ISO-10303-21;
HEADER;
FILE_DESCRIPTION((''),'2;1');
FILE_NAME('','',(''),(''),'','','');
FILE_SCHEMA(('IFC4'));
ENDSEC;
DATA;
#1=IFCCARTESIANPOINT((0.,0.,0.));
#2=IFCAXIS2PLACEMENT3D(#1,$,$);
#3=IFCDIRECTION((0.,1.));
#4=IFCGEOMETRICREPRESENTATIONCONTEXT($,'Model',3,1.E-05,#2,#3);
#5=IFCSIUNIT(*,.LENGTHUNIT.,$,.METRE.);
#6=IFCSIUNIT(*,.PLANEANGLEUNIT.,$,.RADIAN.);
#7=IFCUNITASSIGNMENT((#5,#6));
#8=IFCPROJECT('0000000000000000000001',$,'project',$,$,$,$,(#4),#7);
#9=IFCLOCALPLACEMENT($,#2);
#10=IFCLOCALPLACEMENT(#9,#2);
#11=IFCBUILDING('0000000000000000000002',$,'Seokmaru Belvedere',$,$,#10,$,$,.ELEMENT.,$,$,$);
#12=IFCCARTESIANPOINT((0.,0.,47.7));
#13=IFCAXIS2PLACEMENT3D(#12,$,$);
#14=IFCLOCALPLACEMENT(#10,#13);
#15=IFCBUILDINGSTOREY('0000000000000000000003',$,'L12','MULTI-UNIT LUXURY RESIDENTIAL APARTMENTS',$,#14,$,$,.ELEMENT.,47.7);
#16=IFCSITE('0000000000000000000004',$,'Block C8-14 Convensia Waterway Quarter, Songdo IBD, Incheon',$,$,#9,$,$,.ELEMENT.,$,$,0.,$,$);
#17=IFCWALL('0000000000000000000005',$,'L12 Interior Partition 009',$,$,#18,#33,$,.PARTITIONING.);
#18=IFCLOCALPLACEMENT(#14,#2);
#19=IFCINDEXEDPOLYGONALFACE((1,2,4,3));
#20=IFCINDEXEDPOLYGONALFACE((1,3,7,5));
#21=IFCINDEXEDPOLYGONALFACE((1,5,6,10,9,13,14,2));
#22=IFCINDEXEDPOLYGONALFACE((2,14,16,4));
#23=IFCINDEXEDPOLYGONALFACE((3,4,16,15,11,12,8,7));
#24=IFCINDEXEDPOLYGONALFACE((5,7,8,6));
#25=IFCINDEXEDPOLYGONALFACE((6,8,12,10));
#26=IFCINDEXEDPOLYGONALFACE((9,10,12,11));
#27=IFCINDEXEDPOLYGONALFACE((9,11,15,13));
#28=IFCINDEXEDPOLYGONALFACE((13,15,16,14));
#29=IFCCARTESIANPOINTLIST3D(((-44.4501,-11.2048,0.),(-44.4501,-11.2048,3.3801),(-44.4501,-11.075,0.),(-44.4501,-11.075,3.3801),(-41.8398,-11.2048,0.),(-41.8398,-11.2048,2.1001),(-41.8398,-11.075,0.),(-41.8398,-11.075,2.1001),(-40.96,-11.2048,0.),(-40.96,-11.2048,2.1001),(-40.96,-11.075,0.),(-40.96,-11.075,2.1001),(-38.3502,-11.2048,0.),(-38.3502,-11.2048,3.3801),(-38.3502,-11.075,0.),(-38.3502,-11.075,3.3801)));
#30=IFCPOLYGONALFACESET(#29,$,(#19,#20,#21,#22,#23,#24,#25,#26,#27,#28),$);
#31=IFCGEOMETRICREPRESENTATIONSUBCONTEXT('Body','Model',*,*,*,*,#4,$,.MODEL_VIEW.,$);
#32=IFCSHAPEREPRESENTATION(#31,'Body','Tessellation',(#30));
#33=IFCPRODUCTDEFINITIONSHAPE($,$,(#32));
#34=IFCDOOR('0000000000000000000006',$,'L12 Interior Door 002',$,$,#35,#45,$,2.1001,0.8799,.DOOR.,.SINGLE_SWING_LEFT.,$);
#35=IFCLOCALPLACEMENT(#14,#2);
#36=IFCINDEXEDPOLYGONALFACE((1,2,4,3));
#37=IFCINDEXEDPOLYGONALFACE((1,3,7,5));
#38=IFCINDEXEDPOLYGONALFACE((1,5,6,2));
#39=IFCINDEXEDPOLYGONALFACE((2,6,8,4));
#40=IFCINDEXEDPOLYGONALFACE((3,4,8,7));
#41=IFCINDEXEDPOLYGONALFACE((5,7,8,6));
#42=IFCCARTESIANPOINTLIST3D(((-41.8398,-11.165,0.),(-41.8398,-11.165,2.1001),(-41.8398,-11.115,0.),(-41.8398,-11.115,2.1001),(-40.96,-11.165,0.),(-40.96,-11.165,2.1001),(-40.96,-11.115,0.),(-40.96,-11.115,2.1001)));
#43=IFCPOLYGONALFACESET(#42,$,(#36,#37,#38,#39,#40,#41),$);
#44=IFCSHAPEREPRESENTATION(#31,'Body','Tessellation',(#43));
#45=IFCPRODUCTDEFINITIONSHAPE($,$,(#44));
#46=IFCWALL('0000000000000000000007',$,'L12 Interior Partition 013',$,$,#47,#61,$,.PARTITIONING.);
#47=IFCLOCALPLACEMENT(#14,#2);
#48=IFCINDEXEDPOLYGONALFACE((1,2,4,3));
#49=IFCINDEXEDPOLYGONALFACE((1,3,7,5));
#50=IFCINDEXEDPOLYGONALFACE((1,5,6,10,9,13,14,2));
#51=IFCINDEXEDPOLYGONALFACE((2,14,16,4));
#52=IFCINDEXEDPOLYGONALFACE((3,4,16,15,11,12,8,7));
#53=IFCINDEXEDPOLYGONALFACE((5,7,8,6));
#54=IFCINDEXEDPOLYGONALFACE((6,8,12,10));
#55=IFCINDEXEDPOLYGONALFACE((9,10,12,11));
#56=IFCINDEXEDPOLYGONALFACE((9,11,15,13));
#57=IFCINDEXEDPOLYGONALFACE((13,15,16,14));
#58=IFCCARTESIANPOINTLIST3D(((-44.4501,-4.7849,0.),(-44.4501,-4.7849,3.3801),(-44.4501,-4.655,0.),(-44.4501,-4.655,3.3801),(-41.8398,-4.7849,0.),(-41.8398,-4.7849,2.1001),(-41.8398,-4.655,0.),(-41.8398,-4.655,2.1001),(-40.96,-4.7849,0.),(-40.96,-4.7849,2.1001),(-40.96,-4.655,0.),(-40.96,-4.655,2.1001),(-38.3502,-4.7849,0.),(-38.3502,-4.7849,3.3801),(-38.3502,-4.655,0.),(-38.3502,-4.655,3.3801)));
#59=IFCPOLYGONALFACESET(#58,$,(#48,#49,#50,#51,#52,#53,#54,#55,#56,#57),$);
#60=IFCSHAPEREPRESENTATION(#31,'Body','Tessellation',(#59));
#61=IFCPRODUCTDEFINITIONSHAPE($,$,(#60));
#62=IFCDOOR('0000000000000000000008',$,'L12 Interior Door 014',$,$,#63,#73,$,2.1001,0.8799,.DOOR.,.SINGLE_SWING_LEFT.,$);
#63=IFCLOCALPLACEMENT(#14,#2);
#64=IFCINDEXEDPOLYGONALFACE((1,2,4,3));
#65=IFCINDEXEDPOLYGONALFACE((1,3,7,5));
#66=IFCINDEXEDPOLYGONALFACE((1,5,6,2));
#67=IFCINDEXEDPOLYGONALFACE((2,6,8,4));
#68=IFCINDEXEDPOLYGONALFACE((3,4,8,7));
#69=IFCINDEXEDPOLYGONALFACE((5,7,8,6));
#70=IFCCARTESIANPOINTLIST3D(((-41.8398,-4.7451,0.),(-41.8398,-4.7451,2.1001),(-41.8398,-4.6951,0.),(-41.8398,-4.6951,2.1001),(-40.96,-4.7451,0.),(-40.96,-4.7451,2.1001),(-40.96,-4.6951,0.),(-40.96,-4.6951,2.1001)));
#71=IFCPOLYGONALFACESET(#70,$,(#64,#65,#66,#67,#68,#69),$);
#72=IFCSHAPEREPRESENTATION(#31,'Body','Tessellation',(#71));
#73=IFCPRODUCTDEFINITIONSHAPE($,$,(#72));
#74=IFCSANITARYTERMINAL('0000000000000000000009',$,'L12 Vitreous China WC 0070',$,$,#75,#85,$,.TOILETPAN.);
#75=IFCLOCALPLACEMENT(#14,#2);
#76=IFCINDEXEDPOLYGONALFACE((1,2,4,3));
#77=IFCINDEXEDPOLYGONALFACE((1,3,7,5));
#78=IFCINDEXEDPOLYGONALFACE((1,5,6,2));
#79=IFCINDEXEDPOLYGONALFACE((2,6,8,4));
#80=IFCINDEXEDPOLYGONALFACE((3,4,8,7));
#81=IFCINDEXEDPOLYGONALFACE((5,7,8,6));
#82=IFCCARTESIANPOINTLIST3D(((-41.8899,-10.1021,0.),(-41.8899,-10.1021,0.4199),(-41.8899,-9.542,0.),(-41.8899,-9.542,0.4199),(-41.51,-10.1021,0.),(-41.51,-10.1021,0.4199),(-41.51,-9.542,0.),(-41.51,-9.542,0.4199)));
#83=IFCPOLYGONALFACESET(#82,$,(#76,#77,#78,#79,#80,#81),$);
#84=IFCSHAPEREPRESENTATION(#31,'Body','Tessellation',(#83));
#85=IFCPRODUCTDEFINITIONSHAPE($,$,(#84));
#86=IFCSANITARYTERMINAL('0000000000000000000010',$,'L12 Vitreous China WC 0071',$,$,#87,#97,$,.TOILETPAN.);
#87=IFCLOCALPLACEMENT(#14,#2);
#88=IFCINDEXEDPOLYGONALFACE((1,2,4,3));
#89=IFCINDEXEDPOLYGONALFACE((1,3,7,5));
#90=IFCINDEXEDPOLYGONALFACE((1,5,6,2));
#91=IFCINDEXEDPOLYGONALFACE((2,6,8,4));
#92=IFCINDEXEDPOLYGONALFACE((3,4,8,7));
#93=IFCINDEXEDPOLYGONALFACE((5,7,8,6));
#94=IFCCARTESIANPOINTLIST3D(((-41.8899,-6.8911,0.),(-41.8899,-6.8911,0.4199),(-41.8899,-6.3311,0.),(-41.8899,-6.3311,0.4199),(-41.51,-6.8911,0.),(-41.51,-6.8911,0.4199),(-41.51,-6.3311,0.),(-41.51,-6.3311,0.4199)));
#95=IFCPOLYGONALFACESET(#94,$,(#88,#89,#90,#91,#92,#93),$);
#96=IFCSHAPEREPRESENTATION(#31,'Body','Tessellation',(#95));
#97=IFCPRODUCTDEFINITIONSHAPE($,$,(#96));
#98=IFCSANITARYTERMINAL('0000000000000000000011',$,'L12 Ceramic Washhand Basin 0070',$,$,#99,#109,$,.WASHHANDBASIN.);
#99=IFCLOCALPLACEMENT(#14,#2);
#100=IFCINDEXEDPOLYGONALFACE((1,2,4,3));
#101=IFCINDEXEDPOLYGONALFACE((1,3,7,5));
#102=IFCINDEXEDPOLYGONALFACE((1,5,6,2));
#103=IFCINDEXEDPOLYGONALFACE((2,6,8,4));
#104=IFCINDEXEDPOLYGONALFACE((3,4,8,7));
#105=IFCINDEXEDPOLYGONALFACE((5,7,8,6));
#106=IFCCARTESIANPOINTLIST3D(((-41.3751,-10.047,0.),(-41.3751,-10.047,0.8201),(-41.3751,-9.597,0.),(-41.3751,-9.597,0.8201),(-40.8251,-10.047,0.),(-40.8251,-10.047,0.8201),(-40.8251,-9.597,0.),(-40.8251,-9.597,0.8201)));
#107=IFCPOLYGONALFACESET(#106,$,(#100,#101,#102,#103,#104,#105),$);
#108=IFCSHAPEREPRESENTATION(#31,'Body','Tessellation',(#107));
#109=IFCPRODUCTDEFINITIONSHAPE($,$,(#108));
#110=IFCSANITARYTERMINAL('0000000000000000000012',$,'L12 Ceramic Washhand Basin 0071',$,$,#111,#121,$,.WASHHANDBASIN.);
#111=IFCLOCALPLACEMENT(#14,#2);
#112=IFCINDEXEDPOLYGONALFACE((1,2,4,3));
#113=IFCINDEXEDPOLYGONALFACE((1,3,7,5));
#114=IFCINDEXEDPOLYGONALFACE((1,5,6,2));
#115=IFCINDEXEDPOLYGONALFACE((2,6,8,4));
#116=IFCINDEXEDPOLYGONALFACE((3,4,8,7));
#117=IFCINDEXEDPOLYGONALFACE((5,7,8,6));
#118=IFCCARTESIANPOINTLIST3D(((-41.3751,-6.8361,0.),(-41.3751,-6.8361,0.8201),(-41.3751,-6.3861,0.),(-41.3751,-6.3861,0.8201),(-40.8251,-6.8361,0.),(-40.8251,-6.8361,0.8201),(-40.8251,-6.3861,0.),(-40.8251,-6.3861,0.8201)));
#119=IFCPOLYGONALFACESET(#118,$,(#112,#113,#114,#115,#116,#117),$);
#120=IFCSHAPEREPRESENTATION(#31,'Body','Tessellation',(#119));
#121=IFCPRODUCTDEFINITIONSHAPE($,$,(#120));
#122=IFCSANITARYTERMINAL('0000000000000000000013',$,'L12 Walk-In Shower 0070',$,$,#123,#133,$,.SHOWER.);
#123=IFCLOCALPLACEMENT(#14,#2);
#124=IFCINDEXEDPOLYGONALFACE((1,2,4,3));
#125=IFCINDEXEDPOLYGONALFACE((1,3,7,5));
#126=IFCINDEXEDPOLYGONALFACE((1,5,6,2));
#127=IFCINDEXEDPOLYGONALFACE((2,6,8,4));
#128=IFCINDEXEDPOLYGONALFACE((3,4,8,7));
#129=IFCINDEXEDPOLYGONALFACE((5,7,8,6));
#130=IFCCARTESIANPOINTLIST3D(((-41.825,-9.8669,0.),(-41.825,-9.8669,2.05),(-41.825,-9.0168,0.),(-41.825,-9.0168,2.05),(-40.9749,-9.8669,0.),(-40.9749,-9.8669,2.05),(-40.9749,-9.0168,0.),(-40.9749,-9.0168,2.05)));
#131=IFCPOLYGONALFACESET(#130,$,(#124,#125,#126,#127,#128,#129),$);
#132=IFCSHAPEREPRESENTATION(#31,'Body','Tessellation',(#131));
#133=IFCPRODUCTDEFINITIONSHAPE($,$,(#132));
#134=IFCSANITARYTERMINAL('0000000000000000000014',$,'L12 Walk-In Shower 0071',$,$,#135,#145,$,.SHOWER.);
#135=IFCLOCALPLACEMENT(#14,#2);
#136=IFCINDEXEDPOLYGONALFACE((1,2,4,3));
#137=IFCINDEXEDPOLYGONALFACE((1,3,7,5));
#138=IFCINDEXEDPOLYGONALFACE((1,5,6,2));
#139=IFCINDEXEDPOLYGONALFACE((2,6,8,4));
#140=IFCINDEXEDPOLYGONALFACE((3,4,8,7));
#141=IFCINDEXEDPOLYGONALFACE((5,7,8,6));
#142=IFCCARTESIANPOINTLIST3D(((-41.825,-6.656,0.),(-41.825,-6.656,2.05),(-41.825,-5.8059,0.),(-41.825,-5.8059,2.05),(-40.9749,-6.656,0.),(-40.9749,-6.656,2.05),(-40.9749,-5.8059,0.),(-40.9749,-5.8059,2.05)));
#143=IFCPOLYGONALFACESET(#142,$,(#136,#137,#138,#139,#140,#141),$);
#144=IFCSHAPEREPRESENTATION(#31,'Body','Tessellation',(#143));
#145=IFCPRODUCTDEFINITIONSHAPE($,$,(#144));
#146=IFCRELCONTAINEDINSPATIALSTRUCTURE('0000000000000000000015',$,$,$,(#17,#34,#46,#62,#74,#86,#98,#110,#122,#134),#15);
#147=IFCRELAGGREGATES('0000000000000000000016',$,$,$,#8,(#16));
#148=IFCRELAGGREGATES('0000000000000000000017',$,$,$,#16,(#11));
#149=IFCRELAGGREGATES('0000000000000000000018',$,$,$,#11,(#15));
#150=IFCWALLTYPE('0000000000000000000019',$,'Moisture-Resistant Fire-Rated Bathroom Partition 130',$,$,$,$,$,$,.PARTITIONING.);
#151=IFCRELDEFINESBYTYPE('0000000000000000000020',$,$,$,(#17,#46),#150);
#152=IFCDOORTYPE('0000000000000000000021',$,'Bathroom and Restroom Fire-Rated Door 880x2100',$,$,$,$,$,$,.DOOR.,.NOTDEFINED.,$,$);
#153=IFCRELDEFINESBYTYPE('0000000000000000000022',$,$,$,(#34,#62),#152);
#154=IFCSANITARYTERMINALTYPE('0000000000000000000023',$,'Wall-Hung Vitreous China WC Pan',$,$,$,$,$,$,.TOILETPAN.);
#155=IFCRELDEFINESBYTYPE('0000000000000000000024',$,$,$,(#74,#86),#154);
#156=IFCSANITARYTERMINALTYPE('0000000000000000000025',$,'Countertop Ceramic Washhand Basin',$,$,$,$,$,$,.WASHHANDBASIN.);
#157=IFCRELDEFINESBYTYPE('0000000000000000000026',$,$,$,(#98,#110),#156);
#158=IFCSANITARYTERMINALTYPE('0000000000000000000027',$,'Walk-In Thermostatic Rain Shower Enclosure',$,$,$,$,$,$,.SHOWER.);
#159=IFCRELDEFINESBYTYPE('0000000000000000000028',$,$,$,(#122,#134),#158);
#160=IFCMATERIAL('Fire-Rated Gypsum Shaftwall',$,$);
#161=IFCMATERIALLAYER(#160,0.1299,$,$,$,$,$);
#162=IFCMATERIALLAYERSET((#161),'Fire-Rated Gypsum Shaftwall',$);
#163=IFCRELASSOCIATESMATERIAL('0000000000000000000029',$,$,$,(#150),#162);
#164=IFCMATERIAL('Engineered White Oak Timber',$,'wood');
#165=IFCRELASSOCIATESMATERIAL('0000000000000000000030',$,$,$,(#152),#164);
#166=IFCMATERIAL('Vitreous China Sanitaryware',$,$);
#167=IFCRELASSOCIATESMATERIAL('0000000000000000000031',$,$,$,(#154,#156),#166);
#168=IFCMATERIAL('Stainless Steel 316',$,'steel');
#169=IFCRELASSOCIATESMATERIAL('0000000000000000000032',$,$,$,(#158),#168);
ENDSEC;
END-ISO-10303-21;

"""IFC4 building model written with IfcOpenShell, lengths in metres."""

from ifc_helpers import new_model, si_unit, direction, frame, frame_2d, origin, origin_2d, place, context, subcontext, project, spatial, rectangle, extrude, source, transform, mapped, material, layer, layer_set, type_object, type_shapes, element, fill, save


model = new_model("IFC4")

# Units and contexts
model_context = context("Model", 3, precision=1e-05, world=origin(), true_north=direction((0.0, 1.0)))
body_context = subcontext(model_context, "Body", "Model", "MODEL_VIEW")
ifc_project = project(units=[si_unit("LENGTHUNIT", "METRE"), si_unit("PLANEANGLEUNIT", "RADIAN")], contexts=[model_context])

# Site, building, storey
site_placement = place(None, origin())
site = spatial("IfcSite", under=ifc_project, at=site_placement, Name="Block C8-14 Convensia Waterway Quarter, Songdo IBD, Incheon", CompositionType="ELEMENT", RefElevation=0.0)
building_placement = place(site_placement, origin())
building = spatial("IfcBuilding", under=site, at=building_placement, Name="Seokmaru Belvedere", CompositionType="ELEMENT")
storey_placement = place(building_placement, frame((0.0, 0.0, 47.7)))
storey = spatial("IfcBuildingStorey", under=building, at=storey_placement, Name="L12", Description="MULTI-UNIT LUXURY RESIDENTIAL APARTMENTS", CompositionType="ELEMENT", Elevation=47.7)

# Walls, openings, doors
ifc_material_1 = material(Name="Fire-Rated Gypsum Shaftwall")
ifc_layer = layer(ifc_material_1, 0.1299)
ifc_layer_set = layer_set([ifc_layer], Name="Fire-Rated Gypsum Shaftwall")
wall_type = type_object("IfcWallType", Name="Moisture-Resistant Fire-Rated Bathroom Partition 130", PredefinedType="PARTITIONING", material=ifc_layer_set)
wall_1_placement = place(storey_placement, frame((-44.45, -11.1399, 0.0), z_axis=(0.0, 0.0, 1.0), x_axis=(1.0, 0.0, 0.0)))
wall_1 = element("IfcWall", 1, at=wall_1_placement, inside=storey, type_object=wall_type, Name="L12 Interior Partition 009", PredefinedType="PARTITIONING", context=body_context, shape_type="SweptSolid", body=[
    extrude(rectangle(XDim=6.0999, YDim=0.1299, at=frame_2d((3.0498, 0.0))), origin(), (0.0, 0.0, 1.0), 3.3801),
])
opening_1_placement = place(wall_1_placement, frame((2.6101, 0.0, 0.0)))
opening_1 = element("IfcOpeningElement", 2, at=opening_1_placement, cuts=wall_1, PredefinedType="OPENING", context=body_context, shape_type="SweptSolid", body=[
    extrude(rectangle(XDim=0.8799, YDim=2.1001, at=frame_2d((0.4399, 1.05))), frame((0.0, 0.075, 0.0), z_axis=(0.0, -1.0, 0.0), x_axis=(1.0, 0.0, 0.0)), (0.0, 0.0, 1.0), 0.1499),
])
ifc_material_2 = material(Name="Engineered White Oak Timber", Category="wood")
door_type = type_object("IfcDoorType", Name="Bathroom and Restroom Fire-Rated Door 880x2100", OperationType="NOTDEFINED", PredefinedType="DOOR", material=ifc_material_2)
shared_shape_1 = source(origin(), body_context, "Body", "SweptSolid", [
    extrude(rectangle(XDim=0.8799, YDim=2.1001, at=frame_2d((0.4399, 1.05))), frame((0.0, 0.0249, 0.0), z_axis=(0.0, -1.0, 0.0), x_axis=(1.0, 0.0, 0.0)), (0.0, 0.0, 1.0), 0.05),
])
type_shapes(door_type, [shared_shape_1])
door_1_placement = place(opening_1_placement, origin())
door_1 = element("IfcDoor", 3, at=door_1_placement, inside=storey, type_object=door_type, Name="L12 Interior Door 002", OperationType="SINGLE_SWING_LEFT", OverallHeight=2.1001, OverallWidth=0.8799, PredefinedType="DOOR", context=body_context, shape_type="MappedRepresentation", body=[
    mapped(shared_shape_1, transform((0.0, 0.0, 0.0), scale=1.0)),
])
fill(opening_1, door_1)
wall_2_placement = place(storey_placement, frame((-44.45, -4.72, 0.0), z_axis=(0.0, 0.0, 1.0), x_axis=(1.0, 0.0, 0.0)))
wall_2 = element("IfcWall", 4, at=wall_2_placement, inside=storey, type_object=wall_type, Name="L12 Interior Partition 013", PredefinedType="PARTITIONING", context=body_context, shape_type="SweptSolid", body=[
    extrude(rectangle(XDim=6.0999, YDim=0.1299, at=frame_2d((3.0498, 0.0))), origin(), (0.0, 0.0, 1.0), 3.3801),
])
opening_2_placement = place(wall_2_placement, frame((2.6101, 0.0, 0.0)))
opening_2 = element("IfcOpeningElement", 5, at=opening_2_placement, cuts=wall_2, PredefinedType="OPENING", context=body_context, shape_type="SweptSolid", body=[
    extrude(rectangle(XDim=0.8799, YDim=2.1001, at=frame_2d((0.4399, 1.05))), frame((0.0, 0.075, 0.0), z_axis=(0.0, -1.0, 0.0), x_axis=(1.0, 0.0, 0.0)), (0.0, 0.0, 1.0), 0.1499),
])
door_2_placement = place(opening_2_placement, origin())
door_2 = element("IfcDoor", 6, at=door_2_placement, inside=storey, type_object=door_type, Name="L12 Interior Door 014", OperationType="SINGLE_SWING_LEFT", OverallHeight=2.1001, OverallWidth=0.8799, PredefinedType="DOOR", context=body_context, shape_type="MappedRepresentation", body=[
    mapped(shared_shape_1, transform((0.0, 0.0, 0.0), scale=1.0)),
])
fill(opening_2, door_2)

# Sanitary terminals
ifc_material_3 = material(Name="Vitreous China Sanitaryware")
sanitary_terminal_type_1 = type_object("IfcSanitaryTerminalType", Name="Wall-Hung Vitreous China WC Pan", PredefinedType="TOILETPAN", material=ifc_material_3)
shared_shape_2 = source(origin(), body_context, "Body", "SweptSolid", [
    extrude(rectangle(XDim=0.3799, YDim=0.5601, at=origin_2d()), origin(), (0.0, 0.0, 1.0), 0.4199),
])
type_shapes(sanitary_terminal_type_1, [shared_shape_2])
for number, where, z_axis, x_axis, name in (
    (7, (-41.7, -9.822, 0.0), (0.0, 0.0, 1.0), (1.0, 0.0, 0.0), "L12 Vitreous China WC 0070"),
    (8, (-41.7, -6.6111, 0.0), (0.0, 0.0, 1.0), (1.0, 0.0, 0.0), "L12 Vitreous China WC 0071"),
):
    element("IfcSanitaryTerminal", number, at=place(storey_placement, frame(where, z_axis=z_axis, x_axis=x_axis)), inside=storey, type_object=sanitary_terminal_type_1, Name=name, PredefinedType="TOILETPAN", context=body_context, shape_type="MappedRepresentation", body=[
        mapped(shared_shape_2, transform((0.0, 0.0, 0.0), scale=1.0)),
    ])
sanitary_terminal_type_2 = type_object("IfcSanitaryTerminalType", Name="Countertop Ceramic Washhand Basin", PredefinedType="WASHHANDBASIN", material=ifc_material_3)
shared_shape_3 = source(origin(), body_context, "Body", "SweptSolid", [
    extrude(rectangle(XDim=0.55, YDim=0.45, at=origin_2d()), origin(), (0.0, 0.0, 1.0), 0.8201),
])
type_shapes(sanitary_terminal_type_2, [shared_shape_3])
for number, where, z_axis, x_axis, name in (
    (9, (-41.1001, -9.822, 0.0), (0.0, 0.0, 1.0), (1.0, 0.0, 0.0), "L12 Ceramic Washhand Basin 0070"),
    (10, (-41.1001, -6.6111, 0.0), (0.0, 0.0, 1.0), (1.0, 0.0, 0.0), "L12 Ceramic Washhand Basin 0071"),
):
    element("IfcSanitaryTerminal", number, at=place(storey_placement, frame(where, z_axis=z_axis, x_axis=x_axis)), inside=storey, type_object=sanitary_terminal_type_2, Name=name, PredefinedType="WASHHANDBASIN", context=body_context, shape_type="MappedRepresentation", body=[
        mapped(shared_shape_3, transform((0.0, 0.0, 0.0), scale=1.0)),
    ])
ifc_material_4 = material(Name="Stainless Steel 316", Category="steel")
sanitary_terminal_type_3 = type_object("IfcSanitaryTerminalType", Name="Walk-In Thermostatic Rain Shower Enclosure", PredefinedType="SHOWER", material=ifc_material_4)
shared_shape_4 = source(origin(), body_context, "Body", "SweptSolid", [
    extrude(rectangle(XDim=0.8501, YDim=0.8501, at=origin_2d()), origin(), (0.0, 0.0, 1.0), 2.05),
])
type_shapes(sanitary_terminal_type_3, [shared_shape_4])
for number, where, z_axis, x_axis, name in (
    (11, (-41.3999, -9.4419, 0.0), (0.0, 0.0, 1.0), (1.0, 0.0, 0.0), "L12 Walk-In Shower 0070"),
    (12, (-41.3999, -6.231, 0.0), (0.0, 0.0, 1.0), (1.0, 0.0, 0.0), "L12 Walk-In Shower 0071"),
):
    element("IfcSanitaryTerminal", number, at=place(storey_placement, frame(where, z_axis=z_axis, x_axis=x_axis)), inside=storey, type_object=sanitary_terminal_type_3, Name=name, PredefinedType="SHOWER", context=body_context, shape_type="MappedRepresentation", body=[
        mapped(shared_shape_4, transform((0.0, 0.0, 0.0), scale=1.0)),
    ])

save(model, "model.ifc")
